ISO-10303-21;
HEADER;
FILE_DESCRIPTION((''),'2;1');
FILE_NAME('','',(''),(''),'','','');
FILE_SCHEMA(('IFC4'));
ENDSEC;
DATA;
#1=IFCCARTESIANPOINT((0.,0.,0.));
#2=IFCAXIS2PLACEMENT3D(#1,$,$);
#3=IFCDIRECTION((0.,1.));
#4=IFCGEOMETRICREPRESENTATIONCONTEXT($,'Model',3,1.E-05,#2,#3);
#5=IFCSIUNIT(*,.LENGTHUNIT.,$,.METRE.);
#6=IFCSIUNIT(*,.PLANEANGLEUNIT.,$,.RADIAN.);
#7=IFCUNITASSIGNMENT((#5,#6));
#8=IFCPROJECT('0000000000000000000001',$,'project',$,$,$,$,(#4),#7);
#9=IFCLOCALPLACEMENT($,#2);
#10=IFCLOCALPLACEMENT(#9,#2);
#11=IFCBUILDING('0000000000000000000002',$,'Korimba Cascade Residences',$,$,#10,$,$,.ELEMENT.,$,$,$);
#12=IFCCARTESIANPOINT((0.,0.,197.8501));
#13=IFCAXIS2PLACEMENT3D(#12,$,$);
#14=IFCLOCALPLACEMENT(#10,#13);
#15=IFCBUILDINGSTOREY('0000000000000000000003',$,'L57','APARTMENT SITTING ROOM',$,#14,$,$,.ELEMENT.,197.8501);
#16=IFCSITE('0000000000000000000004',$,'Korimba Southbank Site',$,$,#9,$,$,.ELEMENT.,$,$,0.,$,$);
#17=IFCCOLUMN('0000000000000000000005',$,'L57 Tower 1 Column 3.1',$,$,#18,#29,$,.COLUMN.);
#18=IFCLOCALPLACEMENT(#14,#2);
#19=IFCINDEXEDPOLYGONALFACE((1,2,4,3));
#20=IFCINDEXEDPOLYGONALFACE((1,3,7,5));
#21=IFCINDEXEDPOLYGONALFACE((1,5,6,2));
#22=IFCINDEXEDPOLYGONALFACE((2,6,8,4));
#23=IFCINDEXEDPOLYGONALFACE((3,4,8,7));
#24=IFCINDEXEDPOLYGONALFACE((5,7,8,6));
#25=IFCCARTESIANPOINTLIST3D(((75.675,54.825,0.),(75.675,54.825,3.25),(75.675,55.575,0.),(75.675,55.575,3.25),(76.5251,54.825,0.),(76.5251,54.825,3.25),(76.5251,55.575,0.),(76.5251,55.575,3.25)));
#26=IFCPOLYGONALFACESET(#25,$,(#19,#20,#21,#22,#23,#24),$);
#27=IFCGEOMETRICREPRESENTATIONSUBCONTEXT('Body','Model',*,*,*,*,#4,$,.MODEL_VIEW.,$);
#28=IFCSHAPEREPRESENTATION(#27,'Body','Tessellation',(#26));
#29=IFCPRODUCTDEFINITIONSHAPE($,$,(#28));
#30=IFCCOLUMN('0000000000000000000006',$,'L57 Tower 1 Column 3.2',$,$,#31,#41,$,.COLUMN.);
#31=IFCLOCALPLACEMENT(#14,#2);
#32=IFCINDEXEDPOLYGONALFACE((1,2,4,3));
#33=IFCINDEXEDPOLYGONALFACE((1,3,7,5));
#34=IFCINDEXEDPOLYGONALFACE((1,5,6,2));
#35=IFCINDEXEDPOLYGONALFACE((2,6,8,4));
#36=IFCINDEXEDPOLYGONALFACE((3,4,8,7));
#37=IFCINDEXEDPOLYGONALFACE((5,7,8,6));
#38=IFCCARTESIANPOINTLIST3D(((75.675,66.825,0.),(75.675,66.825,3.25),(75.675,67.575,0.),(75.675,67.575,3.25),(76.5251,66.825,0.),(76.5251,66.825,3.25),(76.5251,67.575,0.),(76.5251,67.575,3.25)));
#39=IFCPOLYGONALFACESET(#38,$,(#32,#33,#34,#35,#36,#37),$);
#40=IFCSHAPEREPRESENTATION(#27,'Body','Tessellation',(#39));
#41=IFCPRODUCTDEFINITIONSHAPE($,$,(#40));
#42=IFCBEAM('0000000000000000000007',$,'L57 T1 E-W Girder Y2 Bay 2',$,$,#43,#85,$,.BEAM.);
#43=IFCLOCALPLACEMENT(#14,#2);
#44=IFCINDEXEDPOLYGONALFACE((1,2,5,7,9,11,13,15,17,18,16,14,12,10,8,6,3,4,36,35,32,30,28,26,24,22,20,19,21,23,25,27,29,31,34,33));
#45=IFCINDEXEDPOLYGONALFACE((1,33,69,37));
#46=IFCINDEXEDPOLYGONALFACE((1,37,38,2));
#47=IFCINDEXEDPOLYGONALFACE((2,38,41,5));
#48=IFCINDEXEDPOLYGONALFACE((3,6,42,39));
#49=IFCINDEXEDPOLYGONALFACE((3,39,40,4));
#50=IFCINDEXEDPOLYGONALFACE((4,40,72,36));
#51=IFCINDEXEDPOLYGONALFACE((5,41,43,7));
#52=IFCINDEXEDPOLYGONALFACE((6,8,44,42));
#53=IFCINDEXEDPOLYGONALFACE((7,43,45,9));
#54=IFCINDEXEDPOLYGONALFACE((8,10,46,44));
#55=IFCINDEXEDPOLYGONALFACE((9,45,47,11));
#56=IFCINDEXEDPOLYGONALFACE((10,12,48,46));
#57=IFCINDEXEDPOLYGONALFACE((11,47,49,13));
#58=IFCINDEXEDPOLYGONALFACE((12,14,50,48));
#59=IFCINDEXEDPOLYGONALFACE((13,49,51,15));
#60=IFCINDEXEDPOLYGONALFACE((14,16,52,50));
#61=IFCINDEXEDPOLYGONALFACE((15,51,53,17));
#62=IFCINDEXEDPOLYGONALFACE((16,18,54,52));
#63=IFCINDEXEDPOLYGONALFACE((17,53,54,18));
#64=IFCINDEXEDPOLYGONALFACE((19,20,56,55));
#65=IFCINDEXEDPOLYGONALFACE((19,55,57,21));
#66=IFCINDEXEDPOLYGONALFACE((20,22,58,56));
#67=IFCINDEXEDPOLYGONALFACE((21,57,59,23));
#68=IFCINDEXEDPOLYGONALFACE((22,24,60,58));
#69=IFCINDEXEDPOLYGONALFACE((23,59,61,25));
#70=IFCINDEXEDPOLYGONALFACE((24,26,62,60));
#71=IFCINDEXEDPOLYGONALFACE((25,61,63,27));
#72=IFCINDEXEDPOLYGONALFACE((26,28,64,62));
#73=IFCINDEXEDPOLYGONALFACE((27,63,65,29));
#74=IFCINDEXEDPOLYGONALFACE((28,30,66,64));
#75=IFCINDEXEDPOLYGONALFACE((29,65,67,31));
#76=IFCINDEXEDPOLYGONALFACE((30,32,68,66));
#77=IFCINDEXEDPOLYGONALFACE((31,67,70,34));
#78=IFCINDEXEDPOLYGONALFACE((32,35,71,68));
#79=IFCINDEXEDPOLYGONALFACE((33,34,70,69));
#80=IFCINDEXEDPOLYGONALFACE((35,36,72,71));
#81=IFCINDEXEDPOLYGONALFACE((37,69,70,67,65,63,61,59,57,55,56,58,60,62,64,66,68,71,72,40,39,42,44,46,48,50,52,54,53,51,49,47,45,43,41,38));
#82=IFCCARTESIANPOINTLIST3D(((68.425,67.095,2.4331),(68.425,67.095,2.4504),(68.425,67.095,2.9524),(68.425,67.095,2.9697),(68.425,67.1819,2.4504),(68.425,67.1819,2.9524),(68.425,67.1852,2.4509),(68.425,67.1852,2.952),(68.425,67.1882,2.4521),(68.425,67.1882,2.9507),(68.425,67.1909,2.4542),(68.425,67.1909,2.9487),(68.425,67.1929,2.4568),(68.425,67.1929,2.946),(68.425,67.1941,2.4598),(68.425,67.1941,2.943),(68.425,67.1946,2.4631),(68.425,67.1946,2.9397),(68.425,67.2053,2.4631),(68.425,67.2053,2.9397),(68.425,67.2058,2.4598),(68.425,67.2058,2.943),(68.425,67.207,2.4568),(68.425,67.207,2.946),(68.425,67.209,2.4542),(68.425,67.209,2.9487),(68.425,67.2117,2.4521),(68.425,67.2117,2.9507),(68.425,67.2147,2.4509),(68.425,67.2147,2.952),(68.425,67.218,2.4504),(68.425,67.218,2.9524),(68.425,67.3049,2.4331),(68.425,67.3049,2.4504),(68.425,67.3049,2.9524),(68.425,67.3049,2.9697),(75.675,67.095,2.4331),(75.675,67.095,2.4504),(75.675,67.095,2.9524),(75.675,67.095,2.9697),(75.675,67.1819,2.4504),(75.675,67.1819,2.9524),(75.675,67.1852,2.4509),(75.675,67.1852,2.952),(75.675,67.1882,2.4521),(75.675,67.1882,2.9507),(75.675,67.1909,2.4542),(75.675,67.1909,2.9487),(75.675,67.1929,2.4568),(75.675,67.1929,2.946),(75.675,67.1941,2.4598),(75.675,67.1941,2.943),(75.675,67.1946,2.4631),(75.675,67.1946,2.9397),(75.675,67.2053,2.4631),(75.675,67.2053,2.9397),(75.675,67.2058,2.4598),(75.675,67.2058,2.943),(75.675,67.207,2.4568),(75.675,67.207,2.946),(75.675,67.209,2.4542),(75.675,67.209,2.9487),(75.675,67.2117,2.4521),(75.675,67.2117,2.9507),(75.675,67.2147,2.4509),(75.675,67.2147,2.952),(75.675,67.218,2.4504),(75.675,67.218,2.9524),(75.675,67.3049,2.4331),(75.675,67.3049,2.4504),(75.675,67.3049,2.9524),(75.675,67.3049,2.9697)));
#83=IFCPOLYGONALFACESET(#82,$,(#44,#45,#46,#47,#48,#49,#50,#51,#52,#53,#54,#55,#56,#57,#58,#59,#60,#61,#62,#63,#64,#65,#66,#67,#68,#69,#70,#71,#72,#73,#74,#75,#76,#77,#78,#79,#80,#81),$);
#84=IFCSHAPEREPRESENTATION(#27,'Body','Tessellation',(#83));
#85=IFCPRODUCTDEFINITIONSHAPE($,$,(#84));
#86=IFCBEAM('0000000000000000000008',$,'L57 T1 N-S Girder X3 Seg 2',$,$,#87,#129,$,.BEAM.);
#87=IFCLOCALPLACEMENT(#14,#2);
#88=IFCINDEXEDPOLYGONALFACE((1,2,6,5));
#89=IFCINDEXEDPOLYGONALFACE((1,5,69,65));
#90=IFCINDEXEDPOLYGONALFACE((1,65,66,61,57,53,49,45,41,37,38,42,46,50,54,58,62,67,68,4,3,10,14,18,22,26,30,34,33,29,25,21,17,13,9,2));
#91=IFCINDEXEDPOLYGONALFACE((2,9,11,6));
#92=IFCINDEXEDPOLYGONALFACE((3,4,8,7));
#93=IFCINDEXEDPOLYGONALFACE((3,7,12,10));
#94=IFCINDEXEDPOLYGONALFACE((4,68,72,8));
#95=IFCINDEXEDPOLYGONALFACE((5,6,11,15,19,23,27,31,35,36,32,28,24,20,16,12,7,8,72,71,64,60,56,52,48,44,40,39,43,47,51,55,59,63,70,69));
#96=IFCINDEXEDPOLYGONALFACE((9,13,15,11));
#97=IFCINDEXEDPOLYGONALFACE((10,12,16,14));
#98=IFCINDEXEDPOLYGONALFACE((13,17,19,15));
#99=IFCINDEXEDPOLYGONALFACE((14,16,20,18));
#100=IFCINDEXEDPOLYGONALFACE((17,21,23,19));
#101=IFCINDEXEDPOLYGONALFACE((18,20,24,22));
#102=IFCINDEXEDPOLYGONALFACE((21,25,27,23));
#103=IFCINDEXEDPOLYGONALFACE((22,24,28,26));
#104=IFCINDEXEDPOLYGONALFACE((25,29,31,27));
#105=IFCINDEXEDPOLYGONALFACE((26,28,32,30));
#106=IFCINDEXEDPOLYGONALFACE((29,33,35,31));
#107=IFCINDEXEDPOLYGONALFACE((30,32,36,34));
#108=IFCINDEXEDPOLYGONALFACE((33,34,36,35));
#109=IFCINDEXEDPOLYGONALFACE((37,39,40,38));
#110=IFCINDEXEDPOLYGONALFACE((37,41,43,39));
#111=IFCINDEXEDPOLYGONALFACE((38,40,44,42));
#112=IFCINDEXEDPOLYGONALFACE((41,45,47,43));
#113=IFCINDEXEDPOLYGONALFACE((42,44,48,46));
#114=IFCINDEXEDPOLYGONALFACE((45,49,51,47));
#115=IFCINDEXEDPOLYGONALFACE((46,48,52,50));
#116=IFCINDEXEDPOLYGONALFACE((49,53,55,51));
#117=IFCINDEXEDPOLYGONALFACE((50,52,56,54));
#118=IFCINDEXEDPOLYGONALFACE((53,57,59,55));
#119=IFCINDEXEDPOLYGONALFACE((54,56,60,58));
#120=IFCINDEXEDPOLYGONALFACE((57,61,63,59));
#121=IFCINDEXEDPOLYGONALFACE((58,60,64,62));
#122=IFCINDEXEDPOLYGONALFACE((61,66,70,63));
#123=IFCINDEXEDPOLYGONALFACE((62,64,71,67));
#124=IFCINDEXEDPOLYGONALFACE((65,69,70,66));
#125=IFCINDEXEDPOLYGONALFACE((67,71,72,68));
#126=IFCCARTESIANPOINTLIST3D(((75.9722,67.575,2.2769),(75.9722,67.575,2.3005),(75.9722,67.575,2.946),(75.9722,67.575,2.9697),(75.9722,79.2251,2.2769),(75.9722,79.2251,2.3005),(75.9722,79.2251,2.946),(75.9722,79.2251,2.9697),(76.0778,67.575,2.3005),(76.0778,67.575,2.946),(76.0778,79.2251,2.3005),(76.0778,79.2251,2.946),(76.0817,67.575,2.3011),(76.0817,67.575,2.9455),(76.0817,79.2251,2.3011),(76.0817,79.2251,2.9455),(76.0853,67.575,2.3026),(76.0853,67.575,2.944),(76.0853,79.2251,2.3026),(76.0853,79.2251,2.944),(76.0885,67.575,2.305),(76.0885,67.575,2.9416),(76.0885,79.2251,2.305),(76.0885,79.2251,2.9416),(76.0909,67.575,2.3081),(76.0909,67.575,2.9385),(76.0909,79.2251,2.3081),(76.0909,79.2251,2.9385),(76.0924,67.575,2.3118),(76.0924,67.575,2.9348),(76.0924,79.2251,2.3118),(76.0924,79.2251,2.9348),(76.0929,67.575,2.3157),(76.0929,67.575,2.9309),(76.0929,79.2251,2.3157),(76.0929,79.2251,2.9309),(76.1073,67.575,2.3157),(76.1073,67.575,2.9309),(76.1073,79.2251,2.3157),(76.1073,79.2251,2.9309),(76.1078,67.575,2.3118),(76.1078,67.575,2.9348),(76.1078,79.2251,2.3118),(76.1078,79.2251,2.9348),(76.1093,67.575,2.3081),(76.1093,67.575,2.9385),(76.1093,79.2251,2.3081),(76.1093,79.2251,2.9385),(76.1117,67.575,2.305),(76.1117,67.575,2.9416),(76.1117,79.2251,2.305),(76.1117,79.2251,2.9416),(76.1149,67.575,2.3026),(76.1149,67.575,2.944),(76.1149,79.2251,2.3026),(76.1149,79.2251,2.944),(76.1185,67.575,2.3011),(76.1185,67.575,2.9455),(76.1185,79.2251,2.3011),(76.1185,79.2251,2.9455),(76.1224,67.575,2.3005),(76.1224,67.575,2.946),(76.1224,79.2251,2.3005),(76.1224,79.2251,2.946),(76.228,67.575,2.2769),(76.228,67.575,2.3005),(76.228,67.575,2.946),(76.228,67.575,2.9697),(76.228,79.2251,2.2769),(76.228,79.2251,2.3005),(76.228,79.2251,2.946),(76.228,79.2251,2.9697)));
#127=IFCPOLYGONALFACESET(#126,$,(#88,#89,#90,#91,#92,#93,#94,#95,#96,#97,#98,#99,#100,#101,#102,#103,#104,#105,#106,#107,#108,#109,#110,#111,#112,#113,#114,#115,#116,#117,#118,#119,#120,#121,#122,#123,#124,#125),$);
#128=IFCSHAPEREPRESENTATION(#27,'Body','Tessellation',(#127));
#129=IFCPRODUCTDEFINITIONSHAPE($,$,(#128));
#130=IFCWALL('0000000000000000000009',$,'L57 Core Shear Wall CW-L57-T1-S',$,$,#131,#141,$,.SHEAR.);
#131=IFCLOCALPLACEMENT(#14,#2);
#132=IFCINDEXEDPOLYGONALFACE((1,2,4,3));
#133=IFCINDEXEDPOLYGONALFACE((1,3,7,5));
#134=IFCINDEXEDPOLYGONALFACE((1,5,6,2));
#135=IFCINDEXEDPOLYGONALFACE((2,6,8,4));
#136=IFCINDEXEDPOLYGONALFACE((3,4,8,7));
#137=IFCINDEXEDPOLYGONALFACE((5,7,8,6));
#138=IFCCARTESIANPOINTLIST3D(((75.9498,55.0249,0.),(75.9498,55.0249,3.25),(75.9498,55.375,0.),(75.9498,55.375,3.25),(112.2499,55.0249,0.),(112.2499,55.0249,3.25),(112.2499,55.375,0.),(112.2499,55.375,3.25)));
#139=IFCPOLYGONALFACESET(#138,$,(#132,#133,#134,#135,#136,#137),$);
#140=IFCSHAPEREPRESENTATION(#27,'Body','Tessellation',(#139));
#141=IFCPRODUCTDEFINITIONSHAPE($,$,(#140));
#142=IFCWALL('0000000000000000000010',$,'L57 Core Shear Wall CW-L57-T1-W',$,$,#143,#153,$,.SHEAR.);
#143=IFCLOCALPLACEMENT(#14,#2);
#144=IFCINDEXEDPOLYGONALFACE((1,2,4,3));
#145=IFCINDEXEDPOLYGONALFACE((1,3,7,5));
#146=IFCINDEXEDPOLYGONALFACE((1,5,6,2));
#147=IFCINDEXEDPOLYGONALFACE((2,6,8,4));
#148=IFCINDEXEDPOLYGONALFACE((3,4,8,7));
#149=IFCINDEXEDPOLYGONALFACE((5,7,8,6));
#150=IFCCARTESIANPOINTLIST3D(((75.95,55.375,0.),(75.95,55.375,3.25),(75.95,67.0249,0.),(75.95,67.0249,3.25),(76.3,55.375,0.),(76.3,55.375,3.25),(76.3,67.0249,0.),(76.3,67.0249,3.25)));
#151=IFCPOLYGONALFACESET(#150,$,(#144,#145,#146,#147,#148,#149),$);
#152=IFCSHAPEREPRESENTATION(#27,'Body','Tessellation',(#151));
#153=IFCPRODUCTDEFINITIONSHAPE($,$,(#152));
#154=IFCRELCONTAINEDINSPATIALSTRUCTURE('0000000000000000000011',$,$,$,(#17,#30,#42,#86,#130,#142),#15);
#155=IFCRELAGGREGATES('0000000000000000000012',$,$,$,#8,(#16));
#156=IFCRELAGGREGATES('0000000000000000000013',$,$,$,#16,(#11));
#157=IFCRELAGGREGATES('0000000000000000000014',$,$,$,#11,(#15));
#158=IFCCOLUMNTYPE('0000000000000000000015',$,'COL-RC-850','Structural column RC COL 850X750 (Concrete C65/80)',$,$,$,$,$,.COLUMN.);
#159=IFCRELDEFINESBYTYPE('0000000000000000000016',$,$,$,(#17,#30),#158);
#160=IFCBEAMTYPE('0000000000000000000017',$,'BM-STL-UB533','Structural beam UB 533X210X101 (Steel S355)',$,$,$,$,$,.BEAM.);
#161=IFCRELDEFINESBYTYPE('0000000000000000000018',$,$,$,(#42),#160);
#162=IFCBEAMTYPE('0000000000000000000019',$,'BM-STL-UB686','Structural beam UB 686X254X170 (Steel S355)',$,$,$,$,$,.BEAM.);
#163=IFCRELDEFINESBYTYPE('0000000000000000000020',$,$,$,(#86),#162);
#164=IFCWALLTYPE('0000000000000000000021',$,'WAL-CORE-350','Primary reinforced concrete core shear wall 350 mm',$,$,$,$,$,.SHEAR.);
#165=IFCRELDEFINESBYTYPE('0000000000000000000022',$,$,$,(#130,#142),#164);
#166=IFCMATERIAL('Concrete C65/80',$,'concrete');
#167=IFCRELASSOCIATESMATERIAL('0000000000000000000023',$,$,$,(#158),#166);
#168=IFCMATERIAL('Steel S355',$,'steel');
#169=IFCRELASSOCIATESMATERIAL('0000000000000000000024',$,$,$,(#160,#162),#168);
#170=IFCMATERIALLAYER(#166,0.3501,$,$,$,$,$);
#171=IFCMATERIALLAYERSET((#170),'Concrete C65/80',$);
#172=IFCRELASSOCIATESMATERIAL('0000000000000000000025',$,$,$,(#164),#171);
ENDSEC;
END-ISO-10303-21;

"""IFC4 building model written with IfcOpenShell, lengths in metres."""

from ifc_helpers import new_model, si_unit, direction, frame, frame_2d, origin, origin_2d, place, context, subcontext, project, spatial, rectangle, i_section, extrude, material, layer, layer_set, material_profile, profile_set, type_object, element, save


model = new_model("IFC4")

# Units and contexts
model_context = context("Model", 3, precision=1e-05, world=origin(), true_north=direction((0.0, 1.0)))
body_context = subcontext(model_context, "Body", "Model", "MODEL_VIEW")
ifc_project = project(units=[si_unit("LENGTHUNIT", "METRE"), si_unit("PLANEANGLEUNIT", "RADIAN")], contexts=[model_context])

# Site, building, storey
site_placement = place(None, origin())
site = spatial("IfcSite", under=ifc_project, at=site_placement, Name="Korimba Southbank Site", CompositionType="ELEMENT", RefElevation=0.0)
building_placement = place(site_placement, origin())
building = spatial("IfcBuilding", under=site, at=building_placement, Name="Korimba Cascade Residences", CompositionType="ELEMENT")
storey_placement = place(building_placement, frame((0.0, 0.0, 197.8501)))
storey = spatial("IfcBuildingStorey", under=building, at=storey_placement, Name="L57", Description="APARTMENT SITTING ROOM", CompositionType="ELEMENT", Elevation=197.8501)

# Columns
ifc_material_1 = material(Name="Concrete C65/80", Category="concrete")
ifc_material_profile_1 = material_profile(ifc_material_1, rectangle(XDim=0.8501, YDim=0.75, at=origin_2d()), Name="Concrete C65/80")
ifc_profile_set_1 = profile_set([ifc_material_profile_1], Name="Concrete C65/80")
column_type = type_object("IfcColumnType", Name="COL-RC-850", Description="Structural column RC COL 850X750 (Concrete C65/80)", PredefinedType="COLUMN", material=ifc_profile_set_1)
for number, where, z_axis, x_axis, name in (
    (1, (76.1001, 55.2, 0.0), (0.0, 0.0, 1.0), (1.0, 0.0, 0.0), "L57 Tower 1 Column 3.1"),
    (2, (76.1001, 67.2, 0.0), (0.0, 0.0, 1.0), (1.0, 0.0, 0.0), "L57 Tower 1 Column 3.2"),
):
    element("IfcColumn", number, at=place(storey_placement, frame(where, z_axis=z_axis, x_axis=x_axis)), inside=storey, type_object=column_type, Name=name, PredefinedType="COLUMN", context=body_context, shape_type="SweptSolid", body=[
        extrude(rectangle(XDim=0.8501, YDim=0.75, at=origin_2d()), origin(), (0.0, 0.0, 1.0), 3.25),
    ])

# Beams
ifc_material_2 = material(Name="Steel S355", Category="steel")
ifc_material_profile_2 = material_profile(ifc_material_2, i_section(OverallWidth=0.21, OverallDepth=0.5366, WebThickness=0.0107, FlangeThickness=0.0173, FilletRadius=0.0127, at=origin_2d()), Name="Steel S355")
ifc_profile_set_2 = profile_set([ifc_material_profile_2], Name="Steel S355")
beam_type_1 = type_object("IfcBeamType", Name="BM-STL-UB533", Description="Structural beam UB 533X210X101 (Steel S355)", PredefinedType="BEAM", material=ifc_profile_set_2)
beam_1_placement = place(storey_placement, frame((68.425, 67.2, 2.7014), z_axis=(1.0, 0.0, 0.0), x_axis=(0.0, 1.0, 0.0)))
element("IfcBeam", 3, at=beam_1_placement, inside=storey, type_object=beam_type_1, Name="L57 T1 E-W Girder Y2 Bay 2", PredefinedType="BEAM", context=body_context, shape_type="SweptSolid", body=[
    extrude(i_section(OverallWidth=0.21, OverallDepth=0.5366, WebThickness=0.0107, FlangeThickness=0.0173, FilletRadius=0.0127, at=origin_2d()), origin(), (0.0, 0.0, 1.0), 7.25),
])
ifc_material_profile_3 = material_profile(ifc_material_2, i_section(OverallWidth=0.2559, OverallDepth=0.6929, WebThickness=0.0144, FlangeThickness=0.0237, FilletRadius=0.0151, at=origin_2d()), Name="Steel S355")
ifc_profile_set_3 = profile_set([ifc_material_profile_3], Name="Steel S355")
beam_type_2 = type_object("IfcBeamType", Name="BM-STL-UB686", Description="Structural beam UB 686X254X170 (Steel S355)", PredefinedType="BEAM", material=ifc_profile_set_3)
beam_2_placement = place(storey_placement, frame((76.1001, 67.575, 2.6233), z_axis=(0.0, 1.0, 0.0), x_axis=(-1.0, 0.0, 0.0)))
element("IfcBeam", 4, at=beam_2_placement, inside=storey, type_object=beam_type_2, Name="L57 T1 N-S Girder X3 Seg 2", PredefinedType="BEAM", context=body_context, shape_type="SweptSolid", body=[
    extrude(i_section(OverallWidth=0.2559, OverallDepth=0.6929, WebThickness=0.0144, FlangeThickness=0.0237, FilletRadius=0.0151, at=origin_2d()), origin(), (0.0, 0.0, 1.0), 11.6501),
])

# Walls
ifc_layer_1 = layer(ifc_material_1, 0.3501)
ifc_layer_set_1 = layer_set([ifc_layer_1], Name="Concrete C65/80")
wall_type_1 = type_object("IfcWallType", Name="WAL-CORE-350", Description="Primary reinforced concrete core shear wall 350 mm", PredefinedType="SHEAR", material=ifc_layer_set_1)
wall_1_placement = place(storey_placement, frame((75.95, 55.2, 0.0), z_axis=(0.0, 0.0, 1.0), x_axis=(1.0, 0.0, 0.0)))
element("IfcWall", 5, at=wall_1_placement, inside=storey, type_object=wall_type_1, Name="L57 Core Shear Wall CW-L57-T1-S", PredefinedType="SHEAR", context=body_context, shape_type="SweptSolid", body=[
    extrude(rectangle(XDim=36.3, YDim=0.3501, at=frame_2d((18.1499, 0.0))), origin(), (0.0, 0.0, 1.0), 3.25),
])
wall_2_placement = place(storey_placement, frame((76.125, 55.375, 0.0), z_axis=(0.0, 0.0, 1.0), x_axis=(0.0, 1.0, 0.0)))
element("IfcWall", 6, at=wall_2_placement, inside=storey, type_object=wall_type_1, Name="L57 Core Shear Wall CW-L57-T1-W", PredefinedType="SHEAR", context=body_context, shape_type="SweptSolid", body=[
    extrude(rectangle(XDim=11.6499, YDim=0.3501, at=frame_2d((5.825, 0.0))), origin(), (0.0, 0.0, 1.0), 3.25),
])

save(model, "model.ifc")
